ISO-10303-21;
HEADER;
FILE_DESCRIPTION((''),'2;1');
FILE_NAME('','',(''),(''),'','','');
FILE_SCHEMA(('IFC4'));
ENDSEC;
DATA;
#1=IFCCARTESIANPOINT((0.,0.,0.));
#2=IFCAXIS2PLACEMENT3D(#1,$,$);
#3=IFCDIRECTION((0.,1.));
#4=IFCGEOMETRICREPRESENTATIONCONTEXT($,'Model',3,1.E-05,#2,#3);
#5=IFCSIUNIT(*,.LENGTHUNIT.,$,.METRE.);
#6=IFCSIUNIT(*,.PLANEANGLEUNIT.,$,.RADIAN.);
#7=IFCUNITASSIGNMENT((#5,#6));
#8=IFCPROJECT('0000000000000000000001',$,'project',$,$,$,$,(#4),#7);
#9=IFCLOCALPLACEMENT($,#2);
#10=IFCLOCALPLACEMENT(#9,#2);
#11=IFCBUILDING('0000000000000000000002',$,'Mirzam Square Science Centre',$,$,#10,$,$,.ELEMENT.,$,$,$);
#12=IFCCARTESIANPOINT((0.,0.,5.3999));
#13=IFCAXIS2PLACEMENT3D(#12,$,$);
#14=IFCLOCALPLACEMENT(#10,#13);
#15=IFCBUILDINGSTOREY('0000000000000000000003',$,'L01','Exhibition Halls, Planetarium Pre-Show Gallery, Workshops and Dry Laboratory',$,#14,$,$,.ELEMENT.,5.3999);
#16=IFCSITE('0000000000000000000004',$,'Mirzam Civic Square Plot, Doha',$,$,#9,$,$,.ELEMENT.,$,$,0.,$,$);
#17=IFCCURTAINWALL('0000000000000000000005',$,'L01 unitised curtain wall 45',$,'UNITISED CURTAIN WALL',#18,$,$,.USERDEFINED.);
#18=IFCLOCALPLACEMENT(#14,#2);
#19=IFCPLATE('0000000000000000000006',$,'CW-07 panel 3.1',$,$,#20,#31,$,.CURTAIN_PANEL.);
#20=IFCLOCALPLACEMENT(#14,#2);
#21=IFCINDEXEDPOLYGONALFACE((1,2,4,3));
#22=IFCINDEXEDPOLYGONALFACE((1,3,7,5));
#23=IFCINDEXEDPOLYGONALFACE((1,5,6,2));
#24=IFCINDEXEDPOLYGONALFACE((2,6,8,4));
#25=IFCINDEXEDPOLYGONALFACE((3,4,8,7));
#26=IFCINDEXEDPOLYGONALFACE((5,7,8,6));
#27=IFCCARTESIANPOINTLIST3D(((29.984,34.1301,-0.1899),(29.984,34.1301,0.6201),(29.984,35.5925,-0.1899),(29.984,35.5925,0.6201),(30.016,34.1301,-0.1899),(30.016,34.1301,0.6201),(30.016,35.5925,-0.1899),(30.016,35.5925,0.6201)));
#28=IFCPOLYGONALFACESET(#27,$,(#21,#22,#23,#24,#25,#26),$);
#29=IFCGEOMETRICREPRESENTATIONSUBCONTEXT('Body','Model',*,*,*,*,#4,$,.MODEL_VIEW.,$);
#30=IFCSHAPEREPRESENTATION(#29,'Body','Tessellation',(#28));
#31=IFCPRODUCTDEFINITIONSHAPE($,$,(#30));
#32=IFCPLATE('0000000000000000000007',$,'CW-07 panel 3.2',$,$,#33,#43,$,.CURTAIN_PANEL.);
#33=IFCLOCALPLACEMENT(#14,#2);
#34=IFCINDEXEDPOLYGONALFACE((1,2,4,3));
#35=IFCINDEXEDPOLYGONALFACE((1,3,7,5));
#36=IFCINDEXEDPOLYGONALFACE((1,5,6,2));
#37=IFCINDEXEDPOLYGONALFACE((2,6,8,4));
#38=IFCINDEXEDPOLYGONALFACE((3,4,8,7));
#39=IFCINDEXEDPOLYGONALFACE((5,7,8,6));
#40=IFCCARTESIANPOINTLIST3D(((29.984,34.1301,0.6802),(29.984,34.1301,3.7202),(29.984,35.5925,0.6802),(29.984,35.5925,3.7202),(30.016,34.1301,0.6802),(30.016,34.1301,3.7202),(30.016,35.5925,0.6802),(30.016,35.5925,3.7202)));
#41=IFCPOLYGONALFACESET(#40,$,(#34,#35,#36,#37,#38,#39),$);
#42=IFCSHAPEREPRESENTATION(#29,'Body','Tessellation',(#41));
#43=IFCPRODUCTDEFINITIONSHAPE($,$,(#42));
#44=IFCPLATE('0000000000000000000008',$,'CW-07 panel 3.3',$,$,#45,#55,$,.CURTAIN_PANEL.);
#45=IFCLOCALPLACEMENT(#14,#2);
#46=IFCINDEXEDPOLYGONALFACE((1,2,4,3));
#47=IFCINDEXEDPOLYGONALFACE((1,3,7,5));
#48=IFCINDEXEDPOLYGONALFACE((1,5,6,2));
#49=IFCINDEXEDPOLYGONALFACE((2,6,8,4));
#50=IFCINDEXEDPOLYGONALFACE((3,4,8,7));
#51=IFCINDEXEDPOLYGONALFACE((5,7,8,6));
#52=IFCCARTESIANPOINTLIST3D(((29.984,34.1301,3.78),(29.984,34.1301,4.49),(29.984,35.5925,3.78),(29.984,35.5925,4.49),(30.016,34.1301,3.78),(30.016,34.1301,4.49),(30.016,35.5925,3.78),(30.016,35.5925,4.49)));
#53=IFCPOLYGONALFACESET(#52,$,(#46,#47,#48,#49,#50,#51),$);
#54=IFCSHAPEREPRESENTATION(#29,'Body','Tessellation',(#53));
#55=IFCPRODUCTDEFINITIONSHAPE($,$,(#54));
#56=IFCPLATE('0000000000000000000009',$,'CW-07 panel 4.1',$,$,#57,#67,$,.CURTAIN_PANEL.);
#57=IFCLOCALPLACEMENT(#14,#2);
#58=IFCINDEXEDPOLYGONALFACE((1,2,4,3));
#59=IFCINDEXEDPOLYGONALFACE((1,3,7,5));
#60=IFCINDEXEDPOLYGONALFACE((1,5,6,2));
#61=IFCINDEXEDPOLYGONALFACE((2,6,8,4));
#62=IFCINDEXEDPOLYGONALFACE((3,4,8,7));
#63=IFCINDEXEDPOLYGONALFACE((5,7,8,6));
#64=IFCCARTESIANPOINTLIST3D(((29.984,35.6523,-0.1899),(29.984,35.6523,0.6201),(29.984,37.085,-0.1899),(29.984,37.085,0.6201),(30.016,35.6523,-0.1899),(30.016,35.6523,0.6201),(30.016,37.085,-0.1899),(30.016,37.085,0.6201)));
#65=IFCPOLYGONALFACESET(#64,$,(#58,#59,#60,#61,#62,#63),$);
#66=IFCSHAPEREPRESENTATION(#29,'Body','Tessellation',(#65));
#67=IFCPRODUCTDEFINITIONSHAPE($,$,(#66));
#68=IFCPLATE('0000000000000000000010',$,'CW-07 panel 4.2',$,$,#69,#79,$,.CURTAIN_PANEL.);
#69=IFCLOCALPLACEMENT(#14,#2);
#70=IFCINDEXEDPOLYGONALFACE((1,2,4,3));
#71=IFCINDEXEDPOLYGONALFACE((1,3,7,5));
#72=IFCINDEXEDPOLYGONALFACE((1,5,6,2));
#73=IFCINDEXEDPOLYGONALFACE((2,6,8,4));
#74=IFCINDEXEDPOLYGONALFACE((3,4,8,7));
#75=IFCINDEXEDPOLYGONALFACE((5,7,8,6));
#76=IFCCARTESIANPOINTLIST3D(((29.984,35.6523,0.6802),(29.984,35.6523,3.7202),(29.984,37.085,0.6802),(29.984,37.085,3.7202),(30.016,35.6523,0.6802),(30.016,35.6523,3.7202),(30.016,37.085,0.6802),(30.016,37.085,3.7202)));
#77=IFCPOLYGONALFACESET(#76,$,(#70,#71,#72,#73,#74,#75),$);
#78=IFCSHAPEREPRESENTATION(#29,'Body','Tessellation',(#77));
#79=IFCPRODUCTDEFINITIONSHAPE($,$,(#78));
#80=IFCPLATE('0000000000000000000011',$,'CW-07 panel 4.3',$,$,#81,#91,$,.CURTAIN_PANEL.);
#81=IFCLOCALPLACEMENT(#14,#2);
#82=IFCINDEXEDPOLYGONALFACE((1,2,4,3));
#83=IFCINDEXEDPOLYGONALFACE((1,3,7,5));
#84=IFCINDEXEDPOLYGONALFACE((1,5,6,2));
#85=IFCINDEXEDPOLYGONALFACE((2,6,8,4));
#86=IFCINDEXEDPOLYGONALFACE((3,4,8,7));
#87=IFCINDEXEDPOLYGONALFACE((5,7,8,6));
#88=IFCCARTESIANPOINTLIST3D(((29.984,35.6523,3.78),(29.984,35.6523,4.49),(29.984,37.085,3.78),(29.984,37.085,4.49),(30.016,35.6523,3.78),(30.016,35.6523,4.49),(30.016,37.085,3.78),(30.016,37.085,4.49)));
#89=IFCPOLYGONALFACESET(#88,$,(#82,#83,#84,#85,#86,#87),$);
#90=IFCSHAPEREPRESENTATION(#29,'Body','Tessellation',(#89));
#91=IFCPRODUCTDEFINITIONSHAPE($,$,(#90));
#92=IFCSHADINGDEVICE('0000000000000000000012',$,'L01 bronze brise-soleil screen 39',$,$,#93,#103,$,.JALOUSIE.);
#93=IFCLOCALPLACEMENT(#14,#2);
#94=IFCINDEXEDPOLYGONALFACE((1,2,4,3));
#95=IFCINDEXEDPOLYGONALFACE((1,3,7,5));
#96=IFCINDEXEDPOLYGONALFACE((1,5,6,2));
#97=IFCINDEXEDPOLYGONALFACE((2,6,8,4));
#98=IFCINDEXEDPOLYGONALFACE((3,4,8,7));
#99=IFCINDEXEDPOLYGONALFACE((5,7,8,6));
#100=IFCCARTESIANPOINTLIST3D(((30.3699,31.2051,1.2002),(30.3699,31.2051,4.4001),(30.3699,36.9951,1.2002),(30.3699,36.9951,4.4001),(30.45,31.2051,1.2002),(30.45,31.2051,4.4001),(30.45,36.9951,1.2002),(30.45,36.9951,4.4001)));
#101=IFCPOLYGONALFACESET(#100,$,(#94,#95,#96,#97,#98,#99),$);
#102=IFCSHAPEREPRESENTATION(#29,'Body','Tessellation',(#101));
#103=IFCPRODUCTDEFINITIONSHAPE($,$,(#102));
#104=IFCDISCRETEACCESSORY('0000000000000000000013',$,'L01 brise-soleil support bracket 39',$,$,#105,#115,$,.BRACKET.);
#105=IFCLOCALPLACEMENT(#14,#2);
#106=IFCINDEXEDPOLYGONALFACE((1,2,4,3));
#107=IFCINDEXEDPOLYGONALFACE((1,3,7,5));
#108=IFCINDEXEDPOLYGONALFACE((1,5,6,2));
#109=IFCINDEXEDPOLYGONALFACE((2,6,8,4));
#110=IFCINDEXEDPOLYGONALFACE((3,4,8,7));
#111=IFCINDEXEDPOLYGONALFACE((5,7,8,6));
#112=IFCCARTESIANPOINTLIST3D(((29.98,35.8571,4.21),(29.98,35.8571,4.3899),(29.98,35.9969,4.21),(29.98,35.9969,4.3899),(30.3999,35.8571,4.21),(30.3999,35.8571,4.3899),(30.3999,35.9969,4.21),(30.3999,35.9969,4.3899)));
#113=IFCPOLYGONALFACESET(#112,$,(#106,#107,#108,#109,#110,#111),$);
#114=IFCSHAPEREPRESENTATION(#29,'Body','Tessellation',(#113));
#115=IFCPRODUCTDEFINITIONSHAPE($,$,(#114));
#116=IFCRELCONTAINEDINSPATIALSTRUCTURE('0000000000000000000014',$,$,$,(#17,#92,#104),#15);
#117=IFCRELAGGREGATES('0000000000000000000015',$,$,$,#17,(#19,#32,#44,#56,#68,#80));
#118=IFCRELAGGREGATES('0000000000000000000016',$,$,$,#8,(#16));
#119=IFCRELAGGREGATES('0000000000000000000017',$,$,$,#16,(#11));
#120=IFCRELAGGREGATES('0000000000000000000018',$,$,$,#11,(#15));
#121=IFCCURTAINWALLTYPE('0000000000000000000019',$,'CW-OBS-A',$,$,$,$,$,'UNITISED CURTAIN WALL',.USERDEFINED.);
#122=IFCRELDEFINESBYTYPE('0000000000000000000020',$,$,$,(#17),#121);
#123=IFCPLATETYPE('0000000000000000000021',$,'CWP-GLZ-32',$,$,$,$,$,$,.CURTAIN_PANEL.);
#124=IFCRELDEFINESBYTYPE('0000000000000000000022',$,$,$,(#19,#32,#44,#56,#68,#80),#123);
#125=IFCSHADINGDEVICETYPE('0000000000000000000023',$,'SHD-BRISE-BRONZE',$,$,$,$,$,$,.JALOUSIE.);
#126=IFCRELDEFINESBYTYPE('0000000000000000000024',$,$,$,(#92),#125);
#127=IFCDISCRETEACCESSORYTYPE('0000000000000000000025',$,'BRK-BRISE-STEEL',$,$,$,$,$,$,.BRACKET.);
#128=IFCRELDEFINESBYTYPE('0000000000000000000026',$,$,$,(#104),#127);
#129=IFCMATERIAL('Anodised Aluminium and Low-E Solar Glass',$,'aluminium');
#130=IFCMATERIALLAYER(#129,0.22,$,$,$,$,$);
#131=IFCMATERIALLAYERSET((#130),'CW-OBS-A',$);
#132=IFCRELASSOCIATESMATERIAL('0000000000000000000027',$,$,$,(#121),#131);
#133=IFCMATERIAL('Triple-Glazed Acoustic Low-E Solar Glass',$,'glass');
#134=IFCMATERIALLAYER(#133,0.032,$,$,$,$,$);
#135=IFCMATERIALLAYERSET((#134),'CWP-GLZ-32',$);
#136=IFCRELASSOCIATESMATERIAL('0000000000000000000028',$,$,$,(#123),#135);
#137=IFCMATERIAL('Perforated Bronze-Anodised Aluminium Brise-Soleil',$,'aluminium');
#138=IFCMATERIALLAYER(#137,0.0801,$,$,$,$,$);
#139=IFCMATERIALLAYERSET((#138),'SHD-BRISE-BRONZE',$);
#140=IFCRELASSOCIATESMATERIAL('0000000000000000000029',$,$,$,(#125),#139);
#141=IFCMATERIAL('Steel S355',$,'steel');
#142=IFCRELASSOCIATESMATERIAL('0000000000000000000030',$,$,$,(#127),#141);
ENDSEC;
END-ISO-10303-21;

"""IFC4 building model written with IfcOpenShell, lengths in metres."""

from ifc_helpers import new_model, si_unit, direction, frame, origin, origin_2d, place, context, subcontext, project, spatial, rectangle, extrude, material, layer, layer_set, type_object, element, aggregate, save


model = new_model("IFC4")

# Units and contexts
model_context = context("Model", 3, precision=1e-05, world=origin(), true_north=direction((0.0, 1.0)))
body_context = subcontext(model_context, "Body", "Model", "MODEL_VIEW")
ifc_project = project(units=[si_unit("LENGTHUNIT", "METRE"), si_unit("PLANEANGLEUNIT", "RADIAN")], contexts=[model_context])

# Site, building, storey
site_placement = place(None, origin())
site = spatial("IfcSite", under=ifc_project, at=site_placement, Name="Mirzam Civic Square Plot, Doha", CompositionType="ELEMENT", RefElevation=0.0)
building_placement = place(site_placement, origin())
building = spatial("IfcBuilding", under=site, at=building_placement, Name="Mirzam Square Science Centre", CompositionType="ELEMENT")
storey_placement = place(building_placement, frame((0.0, 0.0, 5.3999)))
storey = spatial("IfcBuildingStorey", under=building, at=storey_placement, Name="L01", Description="Exhibition Halls, Planetarium Pre-Show Gallery, Workshops and Dry Laboratory", CompositionType="ELEMENT", Elevation=5.3999)

# Curtain wall, plates
ifc_material_1 = material(Name="Anodised Aluminium and Low-E Solar Glass", Category="aluminium")
ifc_layer_1 = layer(ifc_material_1, 0.22)
ifc_layer_set_1 = layer_set([ifc_layer_1], Name="CW-OBS-A")
curtain_wall_type = type_object("IfcCurtainWallType", Name="CW-OBS-A", ElementType="UNITISED CURTAIN WALL", PredefinedType="USERDEFINED", material=ifc_layer_set_1)
curtain_wall_placement = place(storey_placement, origin())
curtain_wall = element("IfcCurtainWall", 1, at=curtain_wall_placement, inside=storey, type_object=curtain_wall_type, Name="L01 unitised curtain wall 45", ObjectType="UNITISED CURTAIN WALL", PredefinedType="USERDEFINED")
ifc_material_2 = material(Name="Triple-Glazed Acoustic Low-E Solar Glass", Category="glass")
ifc_layer_2 = layer(ifc_material_2, 0.032)
ifc_layer_set_2 = layer_set([ifc_layer_2], Name="CWP-GLZ-32")
plate_type = type_object("IfcPlateType", Name="CWP-GLZ-32", PredefinedType="CURTAIN_PANEL", material=ifc_layer_set_2)
plate_1_placement = place(storey_placement, frame((30.0, 34.8613, -0.1899), z_axis=(0.0, 0.0, 1.0), x_axis=(0.0, 1.0, 0.0)))
plate_1 = element("IfcPlate", 2, at=plate_1_placement, type_object=plate_type, Name="CW-07 panel 3.1", PredefinedType="CURTAIN_PANEL", context=body_context, shape_type="SweptSolid", body=[
    extrude(rectangle(XDim=1.4624, YDim=0.032, at=origin_2d()), origin(), (0.0, 0.0, 1.0), 0.8101),
])
plate_2_placement = place(storey_placement, frame((30.0, 34.8613, 0.6802), z_axis=(0.0, 0.0, 1.0), x_axis=(0.0, 1.0, 0.0)))
plate_2 = element("IfcPlate", 3, at=plate_2_placement, type_object=plate_type, Name="CW-07 panel 3.2", PredefinedType="CURTAIN_PANEL", context=body_context, shape_type="SweptSolid", body=[
    extrude(rectangle(XDim=1.4624, YDim=0.032, at=origin_2d()), origin(), (0.0, 0.0, 1.0), 3.04),
])
plate_3_placement = place(storey_placement, frame((30.0, 34.8613, 3.78), z_axis=(0.0, 0.0, 1.0), x_axis=(0.0, 1.0, 0.0)))
plate_3 = element("IfcPlate", 4, at=plate_3_placement, type_object=plate_type, Name="CW-07 panel 3.3", PredefinedType="CURTAIN_PANEL", context=body_context, shape_type="SweptSolid", body=[
    extrude(rectangle(XDim=1.4624, YDim=0.032, at=origin_2d()), origin(), (0.0, 0.0, 1.0), 0.71),
])
plate_4_placement = place(storey_placement, frame((30.0, 36.3687, -0.1899), z_axis=(0.0, 0.0, 1.0), x_axis=(0.0, 1.0, 0.0)))
plate_4 = element("IfcPlate", 5, at=plate_4_placement, type_object=plate_type, Name="CW-07 panel 4.1", PredefinedType="CURTAIN_PANEL", context=body_context, shape_type="SweptSolid", body=[
    extrude(rectangle(XDim=1.4326, YDim=0.032, at=origin_2d()), origin(), (0.0, 0.0, 1.0), 0.8101),
])
plate_5_placement = place(storey_placement, frame((30.0, 36.3687, 0.6802), z_axis=(0.0, 0.0, 1.0), x_axis=(0.0, 1.0, 0.0)))
plate_5 = element("IfcPlate", 6, at=plate_5_placement, type_object=plate_type, Name="CW-07 panel 4.2", PredefinedType="CURTAIN_PANEL", context=body_context, shape_type="SweptSolid", body=[
    extrude(rectangle(XDim=1.4326, YDim=0.032, at=origin_2d()), origin(), (0.0, 0.0, 1.0), 3.04),
])
plate_6_placement = place(storey_placement, frame((30.0, 36.3687, 3.78), z_axis=(0.0, 0.0, 1.0), x_axis=(0.0, 1.0, 0.0)))
plate_6 = element("IfcPlate", 7, at=plate_6_placement, type_object=plate_type, Name="CW-07 panel 4.3", PredefinedType="CURTAIN_PANEL", context=body_context, shape_type="SweptSolid", body=[
    extrude(rectangle(XDim=1.4326, YDim=0.032, at=origin_2d()), origin(), (0.0, 0.0, 1.0), 0.71),
])
aggregate(curtain_wall, [plate_1, plate_2, plate_3, plate_4, plate_5, plate_6])

# Shading device
ifc_material_3 = material(Name="Perforated Bronze-Anodised Aluminium Brise-Soleil", Category="aluminium")
ifc_layer_3 = layer(ifc_material_3, 0.0801)
ifc_layer_set_3 = layer_set([ifc_layer_3], Name="SHD-BRISE-BRONZE")
shading_device_type = type_object("IfcShadingDeviceType", Name="SHD-BRISE-BRONZE", PredefinedType="JALOUSIE", material=ifc_layer_set_3)
shading_device_placement = place(storey_placement, frame((30.4099, 34.1001, 1.2002), z_axis=(0.0, 0.0, 1.0), x_axis=(0.0, 1.0, 0.0)))
element("IfcShadingDevice", 8, at=shading_device_placement, inside=storey, type_object=shading_device_type, Name="L01 bronze brise-soleil screen 39", PredefinedType="JALOUSIE", context=body_context, shape_type="SweptSolid", body=[
    extrude(rectangle(XDim=5.79, YDim=0.0801, at=origin_2d()), origin(), (0.0, 0.0, 1.0), 3.2),
])

# Discrete accessory
ifc_material_4 = material(Name="Steel S355", Category="steel")
discrete_accessory_type = type_object("IfcDiscreteAccessoryType", Name="BRK-BRISE-STEEL", PredefinedType="BRACKET", material=ifc_material_4)
discrete_accessory_placement = place(storey_placement, frame((30.1899, 35.927, 4.21), z_axis=(0.0, 0.0, 1.0), x_axis=(0.0, 1.0, 0.0)))
element("IfcDiscreteAccessory", 9, at=discrete_accessory_placement, inside=storey, type_object=discrete_accessory_type, Name="L01 brise-soleil support bracket 39", PredefinedType="BRACKET", context=body_context, shape_type="SweptSolid", body=[
    extrude(rectangle(XDim=0.1399, YDim=0.4199, at=origin_2d()), origin(), (0.0, 0.0, 1.0), 0.1799),
])

save(model, "model.ifc")
